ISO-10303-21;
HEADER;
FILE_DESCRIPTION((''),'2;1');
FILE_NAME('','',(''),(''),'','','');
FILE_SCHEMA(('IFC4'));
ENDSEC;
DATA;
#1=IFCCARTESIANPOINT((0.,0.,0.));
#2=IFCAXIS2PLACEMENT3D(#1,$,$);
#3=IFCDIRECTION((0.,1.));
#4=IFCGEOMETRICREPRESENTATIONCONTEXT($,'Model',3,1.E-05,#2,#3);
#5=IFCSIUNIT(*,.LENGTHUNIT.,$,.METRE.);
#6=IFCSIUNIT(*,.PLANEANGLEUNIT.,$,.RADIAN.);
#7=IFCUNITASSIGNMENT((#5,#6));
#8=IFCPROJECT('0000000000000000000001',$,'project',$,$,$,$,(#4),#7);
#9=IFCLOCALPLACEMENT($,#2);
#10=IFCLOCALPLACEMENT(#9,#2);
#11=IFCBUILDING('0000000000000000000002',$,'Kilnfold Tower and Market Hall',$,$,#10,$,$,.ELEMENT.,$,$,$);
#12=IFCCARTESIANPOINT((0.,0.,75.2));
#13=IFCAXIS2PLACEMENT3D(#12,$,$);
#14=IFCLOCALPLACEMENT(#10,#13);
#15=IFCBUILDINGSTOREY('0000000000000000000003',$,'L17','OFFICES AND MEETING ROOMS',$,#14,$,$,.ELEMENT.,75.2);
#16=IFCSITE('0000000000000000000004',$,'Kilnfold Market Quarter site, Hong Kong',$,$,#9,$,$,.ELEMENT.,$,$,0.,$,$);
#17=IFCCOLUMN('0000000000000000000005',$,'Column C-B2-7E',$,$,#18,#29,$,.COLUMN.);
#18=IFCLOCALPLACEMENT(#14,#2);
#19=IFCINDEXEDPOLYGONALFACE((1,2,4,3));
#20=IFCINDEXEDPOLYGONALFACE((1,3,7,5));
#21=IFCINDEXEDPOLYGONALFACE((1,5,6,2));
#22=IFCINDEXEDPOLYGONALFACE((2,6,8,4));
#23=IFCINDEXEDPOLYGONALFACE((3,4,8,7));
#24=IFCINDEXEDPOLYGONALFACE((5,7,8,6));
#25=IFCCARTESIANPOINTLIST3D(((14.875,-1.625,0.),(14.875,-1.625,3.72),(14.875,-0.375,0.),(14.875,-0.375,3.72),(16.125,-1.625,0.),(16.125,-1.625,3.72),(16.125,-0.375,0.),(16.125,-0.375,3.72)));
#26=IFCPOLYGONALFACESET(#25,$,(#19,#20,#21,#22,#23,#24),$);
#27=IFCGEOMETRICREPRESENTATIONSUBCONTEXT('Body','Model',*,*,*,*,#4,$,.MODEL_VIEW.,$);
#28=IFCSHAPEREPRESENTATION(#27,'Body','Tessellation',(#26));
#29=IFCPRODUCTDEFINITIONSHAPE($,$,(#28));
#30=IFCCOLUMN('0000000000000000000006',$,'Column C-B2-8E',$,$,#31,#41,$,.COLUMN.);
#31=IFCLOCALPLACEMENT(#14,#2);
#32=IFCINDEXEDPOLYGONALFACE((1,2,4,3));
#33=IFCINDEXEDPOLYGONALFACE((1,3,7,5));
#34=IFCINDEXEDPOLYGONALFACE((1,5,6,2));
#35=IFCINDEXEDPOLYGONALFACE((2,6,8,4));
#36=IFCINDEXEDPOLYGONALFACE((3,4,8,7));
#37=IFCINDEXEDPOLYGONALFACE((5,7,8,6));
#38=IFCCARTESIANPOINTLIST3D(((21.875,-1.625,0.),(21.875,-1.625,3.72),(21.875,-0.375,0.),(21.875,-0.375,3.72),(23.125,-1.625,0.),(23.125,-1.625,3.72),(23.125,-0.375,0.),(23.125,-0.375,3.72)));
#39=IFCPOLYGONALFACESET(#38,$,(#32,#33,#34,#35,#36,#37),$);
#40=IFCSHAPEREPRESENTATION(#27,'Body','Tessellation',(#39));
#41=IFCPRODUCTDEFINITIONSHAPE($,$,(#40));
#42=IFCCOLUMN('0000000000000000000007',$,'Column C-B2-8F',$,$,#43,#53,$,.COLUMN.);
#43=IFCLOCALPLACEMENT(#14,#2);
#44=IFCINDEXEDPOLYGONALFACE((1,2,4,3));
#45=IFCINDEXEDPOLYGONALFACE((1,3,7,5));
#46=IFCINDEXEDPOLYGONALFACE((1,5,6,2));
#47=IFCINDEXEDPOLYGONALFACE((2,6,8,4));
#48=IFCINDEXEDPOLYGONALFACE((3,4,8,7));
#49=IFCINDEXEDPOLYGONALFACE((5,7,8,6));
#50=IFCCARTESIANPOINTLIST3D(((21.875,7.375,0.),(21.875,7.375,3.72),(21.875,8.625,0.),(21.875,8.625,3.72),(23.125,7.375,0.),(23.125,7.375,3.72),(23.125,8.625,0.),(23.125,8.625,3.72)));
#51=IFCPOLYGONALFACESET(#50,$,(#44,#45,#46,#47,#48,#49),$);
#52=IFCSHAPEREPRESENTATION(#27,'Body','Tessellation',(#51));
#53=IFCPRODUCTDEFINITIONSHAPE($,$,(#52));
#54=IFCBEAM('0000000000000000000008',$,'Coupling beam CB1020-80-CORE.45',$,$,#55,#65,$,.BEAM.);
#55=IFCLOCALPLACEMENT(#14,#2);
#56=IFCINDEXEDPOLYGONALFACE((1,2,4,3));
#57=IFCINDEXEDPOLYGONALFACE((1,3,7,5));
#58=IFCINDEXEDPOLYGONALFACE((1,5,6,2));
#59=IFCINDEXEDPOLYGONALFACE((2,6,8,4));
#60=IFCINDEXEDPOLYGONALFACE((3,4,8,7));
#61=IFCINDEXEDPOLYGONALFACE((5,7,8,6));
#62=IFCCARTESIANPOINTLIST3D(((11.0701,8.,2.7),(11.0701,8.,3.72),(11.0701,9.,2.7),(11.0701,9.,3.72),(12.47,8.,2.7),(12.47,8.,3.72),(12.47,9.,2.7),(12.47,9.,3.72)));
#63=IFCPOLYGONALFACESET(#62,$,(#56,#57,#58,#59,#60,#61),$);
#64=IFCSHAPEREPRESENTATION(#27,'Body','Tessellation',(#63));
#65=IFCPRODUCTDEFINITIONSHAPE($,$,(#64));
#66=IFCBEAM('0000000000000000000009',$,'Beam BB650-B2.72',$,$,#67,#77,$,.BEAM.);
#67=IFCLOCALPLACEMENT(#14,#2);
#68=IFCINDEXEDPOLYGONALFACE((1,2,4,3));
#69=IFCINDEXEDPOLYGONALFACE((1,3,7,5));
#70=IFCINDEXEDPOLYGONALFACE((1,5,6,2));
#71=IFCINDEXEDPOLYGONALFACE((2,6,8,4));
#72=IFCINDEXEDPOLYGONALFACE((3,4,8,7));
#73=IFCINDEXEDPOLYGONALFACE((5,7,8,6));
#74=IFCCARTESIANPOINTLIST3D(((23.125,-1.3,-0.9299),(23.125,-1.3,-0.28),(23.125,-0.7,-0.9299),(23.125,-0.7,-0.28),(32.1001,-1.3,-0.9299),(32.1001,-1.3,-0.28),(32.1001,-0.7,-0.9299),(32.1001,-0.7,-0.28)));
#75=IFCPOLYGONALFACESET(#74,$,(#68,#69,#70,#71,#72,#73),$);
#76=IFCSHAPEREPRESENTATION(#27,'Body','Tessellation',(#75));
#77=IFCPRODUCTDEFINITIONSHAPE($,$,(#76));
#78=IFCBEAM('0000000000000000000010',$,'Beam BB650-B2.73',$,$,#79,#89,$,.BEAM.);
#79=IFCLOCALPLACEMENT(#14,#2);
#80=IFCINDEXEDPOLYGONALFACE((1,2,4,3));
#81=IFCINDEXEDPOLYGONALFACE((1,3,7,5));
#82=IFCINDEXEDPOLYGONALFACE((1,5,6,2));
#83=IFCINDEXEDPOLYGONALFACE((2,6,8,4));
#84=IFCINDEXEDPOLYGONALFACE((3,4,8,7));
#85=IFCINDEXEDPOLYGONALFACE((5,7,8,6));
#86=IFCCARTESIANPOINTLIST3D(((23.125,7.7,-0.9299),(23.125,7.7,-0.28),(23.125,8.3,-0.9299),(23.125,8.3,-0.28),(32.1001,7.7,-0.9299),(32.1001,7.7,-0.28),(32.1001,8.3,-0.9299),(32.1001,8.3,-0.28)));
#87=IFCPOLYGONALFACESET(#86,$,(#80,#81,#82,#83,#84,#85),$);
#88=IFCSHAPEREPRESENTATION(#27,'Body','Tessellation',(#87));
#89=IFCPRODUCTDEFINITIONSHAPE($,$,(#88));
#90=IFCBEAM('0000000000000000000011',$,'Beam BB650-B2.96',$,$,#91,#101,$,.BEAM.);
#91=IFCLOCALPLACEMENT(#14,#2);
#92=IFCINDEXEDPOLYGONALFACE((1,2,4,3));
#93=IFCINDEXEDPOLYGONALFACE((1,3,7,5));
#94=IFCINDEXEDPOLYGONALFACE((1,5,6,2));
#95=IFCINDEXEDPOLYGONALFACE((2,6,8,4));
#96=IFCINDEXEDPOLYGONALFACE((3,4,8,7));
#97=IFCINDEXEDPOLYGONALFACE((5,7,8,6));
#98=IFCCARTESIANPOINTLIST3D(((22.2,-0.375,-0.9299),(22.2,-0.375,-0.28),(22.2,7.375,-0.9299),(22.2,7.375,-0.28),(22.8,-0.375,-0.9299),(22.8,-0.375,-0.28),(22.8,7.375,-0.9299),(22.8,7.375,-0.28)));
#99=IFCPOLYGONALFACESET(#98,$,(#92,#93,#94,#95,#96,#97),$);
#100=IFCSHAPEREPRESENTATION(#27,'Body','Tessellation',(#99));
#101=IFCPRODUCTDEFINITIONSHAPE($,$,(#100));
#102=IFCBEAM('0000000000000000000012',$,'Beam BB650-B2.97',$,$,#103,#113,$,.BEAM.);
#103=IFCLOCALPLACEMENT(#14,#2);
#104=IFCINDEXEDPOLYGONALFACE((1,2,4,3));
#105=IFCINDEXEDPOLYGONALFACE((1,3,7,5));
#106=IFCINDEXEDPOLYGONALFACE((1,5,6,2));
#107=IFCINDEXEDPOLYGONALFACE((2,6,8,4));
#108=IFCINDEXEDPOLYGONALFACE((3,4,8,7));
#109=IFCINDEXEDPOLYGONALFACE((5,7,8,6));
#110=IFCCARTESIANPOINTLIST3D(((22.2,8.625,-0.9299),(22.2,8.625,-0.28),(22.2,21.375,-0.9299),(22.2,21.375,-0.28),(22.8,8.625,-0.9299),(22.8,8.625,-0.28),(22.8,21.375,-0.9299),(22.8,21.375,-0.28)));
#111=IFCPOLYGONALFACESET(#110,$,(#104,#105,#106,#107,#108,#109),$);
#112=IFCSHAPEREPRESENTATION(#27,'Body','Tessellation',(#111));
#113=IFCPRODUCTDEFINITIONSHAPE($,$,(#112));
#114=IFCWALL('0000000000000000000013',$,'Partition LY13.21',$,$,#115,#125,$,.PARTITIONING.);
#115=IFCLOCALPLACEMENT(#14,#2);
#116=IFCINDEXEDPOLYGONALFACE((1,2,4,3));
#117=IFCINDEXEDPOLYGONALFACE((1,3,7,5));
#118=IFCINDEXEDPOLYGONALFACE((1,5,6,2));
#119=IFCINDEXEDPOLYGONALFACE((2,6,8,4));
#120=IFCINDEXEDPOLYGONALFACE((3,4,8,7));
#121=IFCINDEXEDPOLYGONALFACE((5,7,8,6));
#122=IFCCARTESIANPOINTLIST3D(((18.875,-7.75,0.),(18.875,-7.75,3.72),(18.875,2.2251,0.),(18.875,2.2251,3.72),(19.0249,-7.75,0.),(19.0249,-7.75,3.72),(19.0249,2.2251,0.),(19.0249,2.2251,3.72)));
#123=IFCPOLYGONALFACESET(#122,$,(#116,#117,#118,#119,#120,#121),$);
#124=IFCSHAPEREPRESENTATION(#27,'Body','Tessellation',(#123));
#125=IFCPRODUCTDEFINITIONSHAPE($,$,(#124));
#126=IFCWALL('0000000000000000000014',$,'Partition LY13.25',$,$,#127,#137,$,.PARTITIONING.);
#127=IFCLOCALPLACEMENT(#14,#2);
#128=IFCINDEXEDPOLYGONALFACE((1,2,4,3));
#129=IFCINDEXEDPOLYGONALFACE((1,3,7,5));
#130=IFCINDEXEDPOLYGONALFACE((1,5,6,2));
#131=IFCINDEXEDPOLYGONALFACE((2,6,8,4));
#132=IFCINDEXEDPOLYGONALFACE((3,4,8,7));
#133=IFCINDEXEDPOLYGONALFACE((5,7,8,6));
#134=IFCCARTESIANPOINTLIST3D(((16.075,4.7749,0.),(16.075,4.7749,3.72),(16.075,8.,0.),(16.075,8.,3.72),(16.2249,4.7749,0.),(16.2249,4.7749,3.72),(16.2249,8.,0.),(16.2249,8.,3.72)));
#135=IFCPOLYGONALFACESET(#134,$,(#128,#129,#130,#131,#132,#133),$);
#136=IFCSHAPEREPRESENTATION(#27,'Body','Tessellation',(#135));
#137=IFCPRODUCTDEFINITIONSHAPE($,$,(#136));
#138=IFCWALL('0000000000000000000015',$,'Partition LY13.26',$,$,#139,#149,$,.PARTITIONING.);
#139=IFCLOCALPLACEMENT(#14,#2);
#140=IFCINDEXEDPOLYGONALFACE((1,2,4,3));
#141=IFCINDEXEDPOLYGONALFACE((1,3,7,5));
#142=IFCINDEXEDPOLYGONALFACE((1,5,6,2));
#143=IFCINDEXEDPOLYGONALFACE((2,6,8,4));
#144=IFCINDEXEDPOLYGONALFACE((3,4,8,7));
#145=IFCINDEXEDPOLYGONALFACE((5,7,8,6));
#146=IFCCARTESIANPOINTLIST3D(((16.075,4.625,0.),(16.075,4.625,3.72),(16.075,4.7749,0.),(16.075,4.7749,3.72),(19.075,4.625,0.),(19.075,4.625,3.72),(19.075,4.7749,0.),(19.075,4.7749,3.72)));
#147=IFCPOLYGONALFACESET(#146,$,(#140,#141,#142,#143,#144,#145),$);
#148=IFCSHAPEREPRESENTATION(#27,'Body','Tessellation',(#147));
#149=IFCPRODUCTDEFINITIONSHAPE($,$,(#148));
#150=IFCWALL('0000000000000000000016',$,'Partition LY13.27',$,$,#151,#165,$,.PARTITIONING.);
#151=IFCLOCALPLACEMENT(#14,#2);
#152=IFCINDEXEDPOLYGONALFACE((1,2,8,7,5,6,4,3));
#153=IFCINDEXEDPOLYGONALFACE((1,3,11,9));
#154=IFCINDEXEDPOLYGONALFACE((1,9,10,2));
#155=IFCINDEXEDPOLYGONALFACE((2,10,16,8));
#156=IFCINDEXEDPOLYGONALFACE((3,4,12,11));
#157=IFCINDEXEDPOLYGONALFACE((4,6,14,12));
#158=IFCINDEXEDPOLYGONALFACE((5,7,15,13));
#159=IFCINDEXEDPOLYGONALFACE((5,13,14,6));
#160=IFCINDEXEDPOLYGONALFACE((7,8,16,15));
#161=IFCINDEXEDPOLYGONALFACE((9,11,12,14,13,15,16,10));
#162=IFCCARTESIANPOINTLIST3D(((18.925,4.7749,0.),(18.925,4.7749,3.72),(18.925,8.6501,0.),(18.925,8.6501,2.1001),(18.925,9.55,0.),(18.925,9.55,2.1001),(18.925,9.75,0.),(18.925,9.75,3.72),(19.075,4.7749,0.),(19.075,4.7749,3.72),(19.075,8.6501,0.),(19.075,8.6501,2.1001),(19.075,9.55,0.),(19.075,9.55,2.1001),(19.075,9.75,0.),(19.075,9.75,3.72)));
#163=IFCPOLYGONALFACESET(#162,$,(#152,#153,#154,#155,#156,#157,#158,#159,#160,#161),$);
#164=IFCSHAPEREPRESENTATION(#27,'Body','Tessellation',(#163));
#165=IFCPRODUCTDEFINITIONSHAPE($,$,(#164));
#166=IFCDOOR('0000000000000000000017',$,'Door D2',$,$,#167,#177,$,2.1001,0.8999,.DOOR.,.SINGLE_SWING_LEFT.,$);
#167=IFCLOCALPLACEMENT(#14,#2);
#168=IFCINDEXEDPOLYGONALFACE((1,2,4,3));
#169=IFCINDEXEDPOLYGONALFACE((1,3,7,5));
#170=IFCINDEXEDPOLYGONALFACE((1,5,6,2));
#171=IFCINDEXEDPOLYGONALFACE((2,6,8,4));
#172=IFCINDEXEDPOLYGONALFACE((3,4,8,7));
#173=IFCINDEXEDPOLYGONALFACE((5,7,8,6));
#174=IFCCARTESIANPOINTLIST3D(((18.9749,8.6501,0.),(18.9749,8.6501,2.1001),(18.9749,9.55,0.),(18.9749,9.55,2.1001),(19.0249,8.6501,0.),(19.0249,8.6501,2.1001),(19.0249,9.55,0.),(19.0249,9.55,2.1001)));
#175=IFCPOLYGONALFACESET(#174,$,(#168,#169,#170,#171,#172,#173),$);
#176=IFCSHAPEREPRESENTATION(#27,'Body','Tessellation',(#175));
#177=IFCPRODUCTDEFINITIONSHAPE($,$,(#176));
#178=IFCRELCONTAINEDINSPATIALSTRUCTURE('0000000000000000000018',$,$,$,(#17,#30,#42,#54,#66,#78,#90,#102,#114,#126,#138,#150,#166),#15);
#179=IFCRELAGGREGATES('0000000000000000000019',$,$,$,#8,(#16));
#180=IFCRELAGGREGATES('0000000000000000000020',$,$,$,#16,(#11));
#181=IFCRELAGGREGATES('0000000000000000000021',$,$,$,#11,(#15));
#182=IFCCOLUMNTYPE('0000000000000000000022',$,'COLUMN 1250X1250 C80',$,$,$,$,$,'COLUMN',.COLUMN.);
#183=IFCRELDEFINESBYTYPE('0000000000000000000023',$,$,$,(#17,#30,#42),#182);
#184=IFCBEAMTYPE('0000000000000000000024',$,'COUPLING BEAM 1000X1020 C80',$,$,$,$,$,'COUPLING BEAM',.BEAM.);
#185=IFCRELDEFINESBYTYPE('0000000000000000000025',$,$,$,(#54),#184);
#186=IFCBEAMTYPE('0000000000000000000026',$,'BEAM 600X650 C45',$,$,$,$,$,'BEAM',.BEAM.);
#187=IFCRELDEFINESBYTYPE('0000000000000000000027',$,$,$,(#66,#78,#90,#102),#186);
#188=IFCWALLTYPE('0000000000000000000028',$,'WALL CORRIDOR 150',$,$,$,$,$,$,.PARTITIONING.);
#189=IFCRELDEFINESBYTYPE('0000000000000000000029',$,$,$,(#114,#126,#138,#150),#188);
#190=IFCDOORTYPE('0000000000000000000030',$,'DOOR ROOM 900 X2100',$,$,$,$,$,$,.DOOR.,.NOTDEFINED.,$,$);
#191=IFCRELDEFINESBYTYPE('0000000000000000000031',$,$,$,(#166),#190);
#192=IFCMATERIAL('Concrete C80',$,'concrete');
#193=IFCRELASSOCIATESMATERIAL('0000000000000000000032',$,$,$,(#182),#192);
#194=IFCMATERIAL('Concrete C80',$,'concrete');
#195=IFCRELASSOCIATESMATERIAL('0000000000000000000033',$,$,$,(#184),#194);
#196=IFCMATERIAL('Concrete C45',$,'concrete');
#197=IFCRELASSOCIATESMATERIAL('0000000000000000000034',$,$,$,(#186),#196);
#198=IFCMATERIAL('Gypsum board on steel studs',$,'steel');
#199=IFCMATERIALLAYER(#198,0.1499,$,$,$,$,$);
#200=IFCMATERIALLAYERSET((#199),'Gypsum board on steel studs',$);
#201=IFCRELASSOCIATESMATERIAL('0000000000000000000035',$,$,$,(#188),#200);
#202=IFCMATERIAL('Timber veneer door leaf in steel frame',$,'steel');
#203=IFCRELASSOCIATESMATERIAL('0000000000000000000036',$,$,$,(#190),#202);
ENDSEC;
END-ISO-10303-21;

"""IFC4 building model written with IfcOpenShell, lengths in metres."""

from ifc_helpers import new_model, si_unit, direction, frame, frame_2d, origin, origin_2d, place, context, subcontext, project, spatial, rectangle, extrude, source, transform, mapped, material, layer, layer_set, material_profile, profile_set, type_object, element, fill, save


model = new_model("IFC4")

# Units and contexts
model_context = context("Model", 3, precision=1e-05, world=origin(), true_north=direction((0.0, 1.0)))
body_context = subcontext(model_context, "Body", "Model", "MODEL_VIEW")
ifc_project = project(units=[si_unit("LENGTHUNIT", "METRE"), si_unit("PLANEANGLEUNIT", "RADIAN")], contexts=[model_context])

# Site, building, storey
site_placement = place(None, origin())
site = spatial("IfcSite", under=ifc_project, at=site_placement, Name="Kilnfold Market Quarter site, Hong Kong", CompositionType="ELEMENT", RefElevation=0.0)
building_placement = place(site_placement, origin())
building = spatial("IfcBuilding", under=site, at=building_placement, Name="Kilnfold Tower and Market Hall", CompositionType="ELEMENT")
storey_placement = place(building_placement, frame((0.0, 0.0, 75.2)))
storey = spatial("IfcBuildingStorey", under=building, at=storey_placement, Name="L17", Description="OFFICES AND MEETING ROOMS", CompositionType="ELEMENT", Elevation=75.2)

# Columns
ifc_material_1 = material(Name="Concrete C80", Category="concrete")
ifc_material_profile_1 = material_profile(ifc_material_1, rectangle(XDim=1.25, YDim=1.25, at=origin_2d()), Name="RC 1250x1250")
ifc_profile_set_1 = profile_set([ifc_material_profile_1], Name="Concrete C80")
column_type = type_object("IfcColumnType", Name="COLUMN 1250X1250 C80", ElementType="COLUMN", PredefinedType="COLUMN", material=ifc_profile_set_1)
shared_shape_1 = source(origin(), body_context, "Body", "SweptSolid", [
    extrude(rectangle(XDim=1.25, YDim=1.25, at=origin_2d()), origin(), (0.0, 0.0, 1.0), 3.72),
])
for number, where, z_axis, x_axis, name in (
    (1, (15.5, -1.0, 0.0), (0.0, 0.0, 1.0), (1.0, 0.0, 0.0), "Column C-B2-7E"),
    (2, (22.5, -1.0, 0.0), (0.0, 0.0, 1.0), (1.0, 0.0, 0.0), "Column C-B2-8E"),
    (3, (22.5, 8.0, 0.0), (0.0, 0.0, 1.0), (1.0, 0.0, 0.0), "Column C-B2-8F"),
):
    element("IfcColumn", number, at=place(storey_placement, frame(where, z_axis=z_axis, x_axis=x_axis)), inside=storey, type_object=column_type, Name=name, PredefinedType="COLUMN", context=body_context, shape_type="MappedRepresentation", body=[
        mapped(shared_shape_1, transform((0.0, 0.0, 0.0))),
    ])

# Beams
ifc_material_2 = material(Name="Concrete C80", Category="concrete")
ifc_material_profile_2 = material_profile(ifc_material_2, rectangle(XDim=1.0, YDim=1.02, at=origin_2d()), Name="RC 1000x1020")
ifc_profile_set_2 = profile_set([ifc_material_profile_2], Name="Concrete C80")
beam_type_1 = type_object("IfcBeamType", Name="COUPLING BEAM 1000X1020 C80", ElementType="COUPLING BEAM", PredefinedType="BEAM", material=ifc_profile_set_2)
shared_shape_2 = source(origin(), body_context, "Body", "SweptSolid", [
    extrude(rectangle(XDim=1.0, YDim=1.02, at=origin_2d()), origin(), (0.0, 0.0, 1.0), 1.3999),
])
beam_1_placement = place(storey_placement, frame((11.0701, 8.5, 3.21), z_axis=(1.0, 0.0, 0.0), x_axis=(0.0, 1.0, 0.0)))
element("IfcBeam", 4, at=beam_1_placement, inside=storey, type_object=beam_type_1, Name="Coupling beam CB1020-80-CORE.45", PredefinedType="BEAM", context=body_context, shape_type="MappedRepresentation", body=[
    mapped(shared_shape_2, transform((0.0, 0.0, 0.0))),
])
ifc_material_3 = material(Name="Concrete C45", Category="concrete")
ifc_material_profile_3 = material_profile(ifc_material_3, rectangle(XDim=0.6001, YDim=0.6499, at=origin_2d()), Name="RC 600x650")
ifc_profile_set_3 = profile_set([ifc_material_profile_3], Name="Concrete C45")
beam_type_2 = type_object("IfcBeamType", Name="BEAM 600X650 C45", ElementType="BEAM", PredefinedType="BEAM", material=ifc_profile_set_3)
shared_shape_3 = source(origin(), body_context, "Body", "SweptSolid", [
    extrude(rectangle(XDim=0.6001, YDim=0.6499, at=origin_2d()), origin(), (0.0, 0.0, 1.0), 8.9751),
])
for number, where, z_axis, x_axis, name in (
    (5, (23.125, -1.0, -0.605), (1.0, 0.0, 0.0), (0.0, 1.0, 0.0), "Beam BB650-B2.72"),
    (6, (23.125, 8.0, -0.605), (1.0, 0.0, 0.0), (0.0, 1.0, 0.0), "Beam BB650-B2.73"),
):
    element("IfcBeam", number, at=place(storey_placement, frame(where, z_axis=z_axis, x_axis=x_axis)), inside=storey, type_object=beam_type_2, Name=name, PredefinedType="BEAM", context=body_context, shape_type="MappedRepresentation", body=[
        mapped(shared_shape_3, transform((0.0, 0.0, 0.0))),
    ])
shared_shape_4 = source(origin(), body_context, "Body", "SweptSolid", [
    extrude(rectangle(XDim=0.6001, YDim=0.6499, at=origin_2d()), origin(), (0.0, 0.0, 1.0), 7.75),
])
beam_2_placement = place(storey_placement, frame((22.5, -0.375, -0.605), z_axis=(0.0, 1.0, 0.0), x_axis=(-1.0, 0.0, 0.0)))
element("IfcBeam", 7, at=beam_2_placement, inside=storey, type_object=beam_type_2, Name="Beam BB650-B2.96", PredefinedType="BEAM", context=body_context, shape_type="MappedRepresentation", body=[
    mapped(shared_shape_4, transform((0.0, 0.0, 0.0))),
])
shared_shape_5 = source(origin(), body_context, "Body", "SweptSolid", [
    extrude(rectangle(XDim=0.6001, YDim=0.6499, at=origin_2d()), origin(), (0.0, 0.0, 1.0), 12.75),
])
beam_3_placement = place(storey_placement, frame((22.5, 8.625, -0.605), z_axis=(0.0, 1.0, 0.0), x_axis=(-1.0, 0.0, 0.0)))
element("IfcBeam", 8, at=beam_3_placement, inside=storey, type_object=beam_type_2, Name="Beam BB650-B2.97", PredefinedType="BEAM", context=body_context, shape_type="MappedRepresentation", body=[
    mapped(shared_shape_5, transform((0.0, 0.0, 0.0))),
])

# Walls
ifc_material_4 = material(Name="Gypsum board on steel studs", Category="steel")
ifc_layer_1 = layer(ifc_material_4, 0.1499)
ifc_layer_set_1 = layer_set([ifc_layer_1], Name="Gypsum board on steel studs")
wall_type_1 = type_object("IfcWallType", Name="WALL CORRIDOR 150", PredefinedType="PARTITIONING", material=ifc_layer_set_1)
wall_1_placement = place(storey_placement, frame((18.95, 2.2251, 0.0), z_axis=(0.0, 0.0, 1.0), x_axis=(0.0, -1.0, 0.0)))
element("IfcWall", 9, at=wall_1_placement, inside=storey, type_object=wall_type_1, Name="Partition LY13.21", PredefinedType="PARTITIONING", context=body_context, shape_type="SweptSolid", body=[
    extrude(rectangle(XDim=9.9751, YDim=0.1499, at=frame_2d((4.9875, 0.0))), origin(), (0.0, 0.0, 1.0), 3.72),
])
wall_2_placement = place(storey_placement, frame((16.1499, 4.7749, 0.0), z_axis=(0.0, 0.0, 1.0), x_axis=(0.0, 1.0, 0.0)))
element("IfcWall", 10, at=wall_2_placement, inside=storey, type_object=wall_type_1, Name="Partition LY13.25", PredefinedType="PARTITIONING", context=body_context, shape_type="SweptSolid", body=[
    extrude(rectangle(XDim=3.2251, YDim=0.1499, at=frame_2d((1.6125, 0.0))), origin(), (0.0, 0.0, 1.0), 3.72),
])
wall_3_placement = place(storey_placement, frame((16.075, 4.7, 0.0), z_axis=(0.0, 0.0, 1.0), x_axis=(1.0, 0.0, 0.0)))
element("IfcWall", 11, at=wall_3_placement, inside=storey, type_object=wall_type_1, Name="Partition LY13.26", PredefinedType="PARTITIONING", context=body_context, shape_type="SweptSolid", body=[
    extrude(rectangle(XDim=3.0, YDim=0.1499, at=frame_2d((1.5, 0.0))), origin(), (0.0, 0.0, 1.0), 3.72),
])

# Wall, opening, door
wall_4_placement = place(storey_placement, frame((19.0, 9.75, 0.0), z_axis=(0.0, 0.0, 1.0), x_axis=(0.0, -1.0, 0.0)))
wall_4 = element("IfcWall", 12, at=wall_4_placement, inside=storey, type_object=wall_type_1, Name="Partition LY13.27", PredefinedType="PARTITIONING", context=body_context, shape_type="SweptSolid", body=[
    extrude(rectangle(XDim=4.9751, YDim=0.1499, at=frame_2d((2.4875, 0.0))), origin(), (0.0, 0.0, 1.0), 3.72),
])
opening_1_placement = place(wall_4_placement, frame((0.2, 0.0, 0.0)))
opening_1 = element("IfcOpeningElement", 13, at=opening_1_placement, cuts=wall_4, PredefinedType="OPENING", context=body_context, shape_type="SweptSolid", body=[
    extrude(rectangle(XDim=0.8999, YDim=2.1001, at=frame_2d((0.45, 1.05))), frame((0.0, 0.085, 0.0), z_axis=(0.0, -1.0, 0.0), x_axis=(1.0, 0.0, 0.0)), (0.0, 0.0, 1.0), 0.1699),
])
ifc_material_5 = material(Name="Timber veneer door leaf in steel frame", Category="steel")
door_type_1 = type_object("IfcDoorType", Name="DOOR ROOM 900 X2100", OperationType="NOTDEFINED", PredefinedType="DOOR", material=ifc_material_5)
door_1_placement = place(opening_1_placement, origin())
door_1 = element("IfcDoor", 14, at=door_1_placement, inside=storey, type_object=door_type_1, Name="Door D2", OperationType="SINGLE_SWING_LEFT", OverallHeight=2.1001, OverallWidth=0.8999, PredefinedType="DOOR", context=body_context, shape_type="SweptSolid", body=[
    extrude(rectangle(XDim=0.8999, YDim=2.1001, at=frame_2d((0.45, 1.05))), frame((0.0, 0.0249, 0.0), z_axis=(0.0, -1.0, 0.0), x_axis=(1.0, 0.0, 0.0)), (0.0, 0.0, 1.0), 0.05),
])
fill(opening_1, door_1)

save(model, "model.ifc")
